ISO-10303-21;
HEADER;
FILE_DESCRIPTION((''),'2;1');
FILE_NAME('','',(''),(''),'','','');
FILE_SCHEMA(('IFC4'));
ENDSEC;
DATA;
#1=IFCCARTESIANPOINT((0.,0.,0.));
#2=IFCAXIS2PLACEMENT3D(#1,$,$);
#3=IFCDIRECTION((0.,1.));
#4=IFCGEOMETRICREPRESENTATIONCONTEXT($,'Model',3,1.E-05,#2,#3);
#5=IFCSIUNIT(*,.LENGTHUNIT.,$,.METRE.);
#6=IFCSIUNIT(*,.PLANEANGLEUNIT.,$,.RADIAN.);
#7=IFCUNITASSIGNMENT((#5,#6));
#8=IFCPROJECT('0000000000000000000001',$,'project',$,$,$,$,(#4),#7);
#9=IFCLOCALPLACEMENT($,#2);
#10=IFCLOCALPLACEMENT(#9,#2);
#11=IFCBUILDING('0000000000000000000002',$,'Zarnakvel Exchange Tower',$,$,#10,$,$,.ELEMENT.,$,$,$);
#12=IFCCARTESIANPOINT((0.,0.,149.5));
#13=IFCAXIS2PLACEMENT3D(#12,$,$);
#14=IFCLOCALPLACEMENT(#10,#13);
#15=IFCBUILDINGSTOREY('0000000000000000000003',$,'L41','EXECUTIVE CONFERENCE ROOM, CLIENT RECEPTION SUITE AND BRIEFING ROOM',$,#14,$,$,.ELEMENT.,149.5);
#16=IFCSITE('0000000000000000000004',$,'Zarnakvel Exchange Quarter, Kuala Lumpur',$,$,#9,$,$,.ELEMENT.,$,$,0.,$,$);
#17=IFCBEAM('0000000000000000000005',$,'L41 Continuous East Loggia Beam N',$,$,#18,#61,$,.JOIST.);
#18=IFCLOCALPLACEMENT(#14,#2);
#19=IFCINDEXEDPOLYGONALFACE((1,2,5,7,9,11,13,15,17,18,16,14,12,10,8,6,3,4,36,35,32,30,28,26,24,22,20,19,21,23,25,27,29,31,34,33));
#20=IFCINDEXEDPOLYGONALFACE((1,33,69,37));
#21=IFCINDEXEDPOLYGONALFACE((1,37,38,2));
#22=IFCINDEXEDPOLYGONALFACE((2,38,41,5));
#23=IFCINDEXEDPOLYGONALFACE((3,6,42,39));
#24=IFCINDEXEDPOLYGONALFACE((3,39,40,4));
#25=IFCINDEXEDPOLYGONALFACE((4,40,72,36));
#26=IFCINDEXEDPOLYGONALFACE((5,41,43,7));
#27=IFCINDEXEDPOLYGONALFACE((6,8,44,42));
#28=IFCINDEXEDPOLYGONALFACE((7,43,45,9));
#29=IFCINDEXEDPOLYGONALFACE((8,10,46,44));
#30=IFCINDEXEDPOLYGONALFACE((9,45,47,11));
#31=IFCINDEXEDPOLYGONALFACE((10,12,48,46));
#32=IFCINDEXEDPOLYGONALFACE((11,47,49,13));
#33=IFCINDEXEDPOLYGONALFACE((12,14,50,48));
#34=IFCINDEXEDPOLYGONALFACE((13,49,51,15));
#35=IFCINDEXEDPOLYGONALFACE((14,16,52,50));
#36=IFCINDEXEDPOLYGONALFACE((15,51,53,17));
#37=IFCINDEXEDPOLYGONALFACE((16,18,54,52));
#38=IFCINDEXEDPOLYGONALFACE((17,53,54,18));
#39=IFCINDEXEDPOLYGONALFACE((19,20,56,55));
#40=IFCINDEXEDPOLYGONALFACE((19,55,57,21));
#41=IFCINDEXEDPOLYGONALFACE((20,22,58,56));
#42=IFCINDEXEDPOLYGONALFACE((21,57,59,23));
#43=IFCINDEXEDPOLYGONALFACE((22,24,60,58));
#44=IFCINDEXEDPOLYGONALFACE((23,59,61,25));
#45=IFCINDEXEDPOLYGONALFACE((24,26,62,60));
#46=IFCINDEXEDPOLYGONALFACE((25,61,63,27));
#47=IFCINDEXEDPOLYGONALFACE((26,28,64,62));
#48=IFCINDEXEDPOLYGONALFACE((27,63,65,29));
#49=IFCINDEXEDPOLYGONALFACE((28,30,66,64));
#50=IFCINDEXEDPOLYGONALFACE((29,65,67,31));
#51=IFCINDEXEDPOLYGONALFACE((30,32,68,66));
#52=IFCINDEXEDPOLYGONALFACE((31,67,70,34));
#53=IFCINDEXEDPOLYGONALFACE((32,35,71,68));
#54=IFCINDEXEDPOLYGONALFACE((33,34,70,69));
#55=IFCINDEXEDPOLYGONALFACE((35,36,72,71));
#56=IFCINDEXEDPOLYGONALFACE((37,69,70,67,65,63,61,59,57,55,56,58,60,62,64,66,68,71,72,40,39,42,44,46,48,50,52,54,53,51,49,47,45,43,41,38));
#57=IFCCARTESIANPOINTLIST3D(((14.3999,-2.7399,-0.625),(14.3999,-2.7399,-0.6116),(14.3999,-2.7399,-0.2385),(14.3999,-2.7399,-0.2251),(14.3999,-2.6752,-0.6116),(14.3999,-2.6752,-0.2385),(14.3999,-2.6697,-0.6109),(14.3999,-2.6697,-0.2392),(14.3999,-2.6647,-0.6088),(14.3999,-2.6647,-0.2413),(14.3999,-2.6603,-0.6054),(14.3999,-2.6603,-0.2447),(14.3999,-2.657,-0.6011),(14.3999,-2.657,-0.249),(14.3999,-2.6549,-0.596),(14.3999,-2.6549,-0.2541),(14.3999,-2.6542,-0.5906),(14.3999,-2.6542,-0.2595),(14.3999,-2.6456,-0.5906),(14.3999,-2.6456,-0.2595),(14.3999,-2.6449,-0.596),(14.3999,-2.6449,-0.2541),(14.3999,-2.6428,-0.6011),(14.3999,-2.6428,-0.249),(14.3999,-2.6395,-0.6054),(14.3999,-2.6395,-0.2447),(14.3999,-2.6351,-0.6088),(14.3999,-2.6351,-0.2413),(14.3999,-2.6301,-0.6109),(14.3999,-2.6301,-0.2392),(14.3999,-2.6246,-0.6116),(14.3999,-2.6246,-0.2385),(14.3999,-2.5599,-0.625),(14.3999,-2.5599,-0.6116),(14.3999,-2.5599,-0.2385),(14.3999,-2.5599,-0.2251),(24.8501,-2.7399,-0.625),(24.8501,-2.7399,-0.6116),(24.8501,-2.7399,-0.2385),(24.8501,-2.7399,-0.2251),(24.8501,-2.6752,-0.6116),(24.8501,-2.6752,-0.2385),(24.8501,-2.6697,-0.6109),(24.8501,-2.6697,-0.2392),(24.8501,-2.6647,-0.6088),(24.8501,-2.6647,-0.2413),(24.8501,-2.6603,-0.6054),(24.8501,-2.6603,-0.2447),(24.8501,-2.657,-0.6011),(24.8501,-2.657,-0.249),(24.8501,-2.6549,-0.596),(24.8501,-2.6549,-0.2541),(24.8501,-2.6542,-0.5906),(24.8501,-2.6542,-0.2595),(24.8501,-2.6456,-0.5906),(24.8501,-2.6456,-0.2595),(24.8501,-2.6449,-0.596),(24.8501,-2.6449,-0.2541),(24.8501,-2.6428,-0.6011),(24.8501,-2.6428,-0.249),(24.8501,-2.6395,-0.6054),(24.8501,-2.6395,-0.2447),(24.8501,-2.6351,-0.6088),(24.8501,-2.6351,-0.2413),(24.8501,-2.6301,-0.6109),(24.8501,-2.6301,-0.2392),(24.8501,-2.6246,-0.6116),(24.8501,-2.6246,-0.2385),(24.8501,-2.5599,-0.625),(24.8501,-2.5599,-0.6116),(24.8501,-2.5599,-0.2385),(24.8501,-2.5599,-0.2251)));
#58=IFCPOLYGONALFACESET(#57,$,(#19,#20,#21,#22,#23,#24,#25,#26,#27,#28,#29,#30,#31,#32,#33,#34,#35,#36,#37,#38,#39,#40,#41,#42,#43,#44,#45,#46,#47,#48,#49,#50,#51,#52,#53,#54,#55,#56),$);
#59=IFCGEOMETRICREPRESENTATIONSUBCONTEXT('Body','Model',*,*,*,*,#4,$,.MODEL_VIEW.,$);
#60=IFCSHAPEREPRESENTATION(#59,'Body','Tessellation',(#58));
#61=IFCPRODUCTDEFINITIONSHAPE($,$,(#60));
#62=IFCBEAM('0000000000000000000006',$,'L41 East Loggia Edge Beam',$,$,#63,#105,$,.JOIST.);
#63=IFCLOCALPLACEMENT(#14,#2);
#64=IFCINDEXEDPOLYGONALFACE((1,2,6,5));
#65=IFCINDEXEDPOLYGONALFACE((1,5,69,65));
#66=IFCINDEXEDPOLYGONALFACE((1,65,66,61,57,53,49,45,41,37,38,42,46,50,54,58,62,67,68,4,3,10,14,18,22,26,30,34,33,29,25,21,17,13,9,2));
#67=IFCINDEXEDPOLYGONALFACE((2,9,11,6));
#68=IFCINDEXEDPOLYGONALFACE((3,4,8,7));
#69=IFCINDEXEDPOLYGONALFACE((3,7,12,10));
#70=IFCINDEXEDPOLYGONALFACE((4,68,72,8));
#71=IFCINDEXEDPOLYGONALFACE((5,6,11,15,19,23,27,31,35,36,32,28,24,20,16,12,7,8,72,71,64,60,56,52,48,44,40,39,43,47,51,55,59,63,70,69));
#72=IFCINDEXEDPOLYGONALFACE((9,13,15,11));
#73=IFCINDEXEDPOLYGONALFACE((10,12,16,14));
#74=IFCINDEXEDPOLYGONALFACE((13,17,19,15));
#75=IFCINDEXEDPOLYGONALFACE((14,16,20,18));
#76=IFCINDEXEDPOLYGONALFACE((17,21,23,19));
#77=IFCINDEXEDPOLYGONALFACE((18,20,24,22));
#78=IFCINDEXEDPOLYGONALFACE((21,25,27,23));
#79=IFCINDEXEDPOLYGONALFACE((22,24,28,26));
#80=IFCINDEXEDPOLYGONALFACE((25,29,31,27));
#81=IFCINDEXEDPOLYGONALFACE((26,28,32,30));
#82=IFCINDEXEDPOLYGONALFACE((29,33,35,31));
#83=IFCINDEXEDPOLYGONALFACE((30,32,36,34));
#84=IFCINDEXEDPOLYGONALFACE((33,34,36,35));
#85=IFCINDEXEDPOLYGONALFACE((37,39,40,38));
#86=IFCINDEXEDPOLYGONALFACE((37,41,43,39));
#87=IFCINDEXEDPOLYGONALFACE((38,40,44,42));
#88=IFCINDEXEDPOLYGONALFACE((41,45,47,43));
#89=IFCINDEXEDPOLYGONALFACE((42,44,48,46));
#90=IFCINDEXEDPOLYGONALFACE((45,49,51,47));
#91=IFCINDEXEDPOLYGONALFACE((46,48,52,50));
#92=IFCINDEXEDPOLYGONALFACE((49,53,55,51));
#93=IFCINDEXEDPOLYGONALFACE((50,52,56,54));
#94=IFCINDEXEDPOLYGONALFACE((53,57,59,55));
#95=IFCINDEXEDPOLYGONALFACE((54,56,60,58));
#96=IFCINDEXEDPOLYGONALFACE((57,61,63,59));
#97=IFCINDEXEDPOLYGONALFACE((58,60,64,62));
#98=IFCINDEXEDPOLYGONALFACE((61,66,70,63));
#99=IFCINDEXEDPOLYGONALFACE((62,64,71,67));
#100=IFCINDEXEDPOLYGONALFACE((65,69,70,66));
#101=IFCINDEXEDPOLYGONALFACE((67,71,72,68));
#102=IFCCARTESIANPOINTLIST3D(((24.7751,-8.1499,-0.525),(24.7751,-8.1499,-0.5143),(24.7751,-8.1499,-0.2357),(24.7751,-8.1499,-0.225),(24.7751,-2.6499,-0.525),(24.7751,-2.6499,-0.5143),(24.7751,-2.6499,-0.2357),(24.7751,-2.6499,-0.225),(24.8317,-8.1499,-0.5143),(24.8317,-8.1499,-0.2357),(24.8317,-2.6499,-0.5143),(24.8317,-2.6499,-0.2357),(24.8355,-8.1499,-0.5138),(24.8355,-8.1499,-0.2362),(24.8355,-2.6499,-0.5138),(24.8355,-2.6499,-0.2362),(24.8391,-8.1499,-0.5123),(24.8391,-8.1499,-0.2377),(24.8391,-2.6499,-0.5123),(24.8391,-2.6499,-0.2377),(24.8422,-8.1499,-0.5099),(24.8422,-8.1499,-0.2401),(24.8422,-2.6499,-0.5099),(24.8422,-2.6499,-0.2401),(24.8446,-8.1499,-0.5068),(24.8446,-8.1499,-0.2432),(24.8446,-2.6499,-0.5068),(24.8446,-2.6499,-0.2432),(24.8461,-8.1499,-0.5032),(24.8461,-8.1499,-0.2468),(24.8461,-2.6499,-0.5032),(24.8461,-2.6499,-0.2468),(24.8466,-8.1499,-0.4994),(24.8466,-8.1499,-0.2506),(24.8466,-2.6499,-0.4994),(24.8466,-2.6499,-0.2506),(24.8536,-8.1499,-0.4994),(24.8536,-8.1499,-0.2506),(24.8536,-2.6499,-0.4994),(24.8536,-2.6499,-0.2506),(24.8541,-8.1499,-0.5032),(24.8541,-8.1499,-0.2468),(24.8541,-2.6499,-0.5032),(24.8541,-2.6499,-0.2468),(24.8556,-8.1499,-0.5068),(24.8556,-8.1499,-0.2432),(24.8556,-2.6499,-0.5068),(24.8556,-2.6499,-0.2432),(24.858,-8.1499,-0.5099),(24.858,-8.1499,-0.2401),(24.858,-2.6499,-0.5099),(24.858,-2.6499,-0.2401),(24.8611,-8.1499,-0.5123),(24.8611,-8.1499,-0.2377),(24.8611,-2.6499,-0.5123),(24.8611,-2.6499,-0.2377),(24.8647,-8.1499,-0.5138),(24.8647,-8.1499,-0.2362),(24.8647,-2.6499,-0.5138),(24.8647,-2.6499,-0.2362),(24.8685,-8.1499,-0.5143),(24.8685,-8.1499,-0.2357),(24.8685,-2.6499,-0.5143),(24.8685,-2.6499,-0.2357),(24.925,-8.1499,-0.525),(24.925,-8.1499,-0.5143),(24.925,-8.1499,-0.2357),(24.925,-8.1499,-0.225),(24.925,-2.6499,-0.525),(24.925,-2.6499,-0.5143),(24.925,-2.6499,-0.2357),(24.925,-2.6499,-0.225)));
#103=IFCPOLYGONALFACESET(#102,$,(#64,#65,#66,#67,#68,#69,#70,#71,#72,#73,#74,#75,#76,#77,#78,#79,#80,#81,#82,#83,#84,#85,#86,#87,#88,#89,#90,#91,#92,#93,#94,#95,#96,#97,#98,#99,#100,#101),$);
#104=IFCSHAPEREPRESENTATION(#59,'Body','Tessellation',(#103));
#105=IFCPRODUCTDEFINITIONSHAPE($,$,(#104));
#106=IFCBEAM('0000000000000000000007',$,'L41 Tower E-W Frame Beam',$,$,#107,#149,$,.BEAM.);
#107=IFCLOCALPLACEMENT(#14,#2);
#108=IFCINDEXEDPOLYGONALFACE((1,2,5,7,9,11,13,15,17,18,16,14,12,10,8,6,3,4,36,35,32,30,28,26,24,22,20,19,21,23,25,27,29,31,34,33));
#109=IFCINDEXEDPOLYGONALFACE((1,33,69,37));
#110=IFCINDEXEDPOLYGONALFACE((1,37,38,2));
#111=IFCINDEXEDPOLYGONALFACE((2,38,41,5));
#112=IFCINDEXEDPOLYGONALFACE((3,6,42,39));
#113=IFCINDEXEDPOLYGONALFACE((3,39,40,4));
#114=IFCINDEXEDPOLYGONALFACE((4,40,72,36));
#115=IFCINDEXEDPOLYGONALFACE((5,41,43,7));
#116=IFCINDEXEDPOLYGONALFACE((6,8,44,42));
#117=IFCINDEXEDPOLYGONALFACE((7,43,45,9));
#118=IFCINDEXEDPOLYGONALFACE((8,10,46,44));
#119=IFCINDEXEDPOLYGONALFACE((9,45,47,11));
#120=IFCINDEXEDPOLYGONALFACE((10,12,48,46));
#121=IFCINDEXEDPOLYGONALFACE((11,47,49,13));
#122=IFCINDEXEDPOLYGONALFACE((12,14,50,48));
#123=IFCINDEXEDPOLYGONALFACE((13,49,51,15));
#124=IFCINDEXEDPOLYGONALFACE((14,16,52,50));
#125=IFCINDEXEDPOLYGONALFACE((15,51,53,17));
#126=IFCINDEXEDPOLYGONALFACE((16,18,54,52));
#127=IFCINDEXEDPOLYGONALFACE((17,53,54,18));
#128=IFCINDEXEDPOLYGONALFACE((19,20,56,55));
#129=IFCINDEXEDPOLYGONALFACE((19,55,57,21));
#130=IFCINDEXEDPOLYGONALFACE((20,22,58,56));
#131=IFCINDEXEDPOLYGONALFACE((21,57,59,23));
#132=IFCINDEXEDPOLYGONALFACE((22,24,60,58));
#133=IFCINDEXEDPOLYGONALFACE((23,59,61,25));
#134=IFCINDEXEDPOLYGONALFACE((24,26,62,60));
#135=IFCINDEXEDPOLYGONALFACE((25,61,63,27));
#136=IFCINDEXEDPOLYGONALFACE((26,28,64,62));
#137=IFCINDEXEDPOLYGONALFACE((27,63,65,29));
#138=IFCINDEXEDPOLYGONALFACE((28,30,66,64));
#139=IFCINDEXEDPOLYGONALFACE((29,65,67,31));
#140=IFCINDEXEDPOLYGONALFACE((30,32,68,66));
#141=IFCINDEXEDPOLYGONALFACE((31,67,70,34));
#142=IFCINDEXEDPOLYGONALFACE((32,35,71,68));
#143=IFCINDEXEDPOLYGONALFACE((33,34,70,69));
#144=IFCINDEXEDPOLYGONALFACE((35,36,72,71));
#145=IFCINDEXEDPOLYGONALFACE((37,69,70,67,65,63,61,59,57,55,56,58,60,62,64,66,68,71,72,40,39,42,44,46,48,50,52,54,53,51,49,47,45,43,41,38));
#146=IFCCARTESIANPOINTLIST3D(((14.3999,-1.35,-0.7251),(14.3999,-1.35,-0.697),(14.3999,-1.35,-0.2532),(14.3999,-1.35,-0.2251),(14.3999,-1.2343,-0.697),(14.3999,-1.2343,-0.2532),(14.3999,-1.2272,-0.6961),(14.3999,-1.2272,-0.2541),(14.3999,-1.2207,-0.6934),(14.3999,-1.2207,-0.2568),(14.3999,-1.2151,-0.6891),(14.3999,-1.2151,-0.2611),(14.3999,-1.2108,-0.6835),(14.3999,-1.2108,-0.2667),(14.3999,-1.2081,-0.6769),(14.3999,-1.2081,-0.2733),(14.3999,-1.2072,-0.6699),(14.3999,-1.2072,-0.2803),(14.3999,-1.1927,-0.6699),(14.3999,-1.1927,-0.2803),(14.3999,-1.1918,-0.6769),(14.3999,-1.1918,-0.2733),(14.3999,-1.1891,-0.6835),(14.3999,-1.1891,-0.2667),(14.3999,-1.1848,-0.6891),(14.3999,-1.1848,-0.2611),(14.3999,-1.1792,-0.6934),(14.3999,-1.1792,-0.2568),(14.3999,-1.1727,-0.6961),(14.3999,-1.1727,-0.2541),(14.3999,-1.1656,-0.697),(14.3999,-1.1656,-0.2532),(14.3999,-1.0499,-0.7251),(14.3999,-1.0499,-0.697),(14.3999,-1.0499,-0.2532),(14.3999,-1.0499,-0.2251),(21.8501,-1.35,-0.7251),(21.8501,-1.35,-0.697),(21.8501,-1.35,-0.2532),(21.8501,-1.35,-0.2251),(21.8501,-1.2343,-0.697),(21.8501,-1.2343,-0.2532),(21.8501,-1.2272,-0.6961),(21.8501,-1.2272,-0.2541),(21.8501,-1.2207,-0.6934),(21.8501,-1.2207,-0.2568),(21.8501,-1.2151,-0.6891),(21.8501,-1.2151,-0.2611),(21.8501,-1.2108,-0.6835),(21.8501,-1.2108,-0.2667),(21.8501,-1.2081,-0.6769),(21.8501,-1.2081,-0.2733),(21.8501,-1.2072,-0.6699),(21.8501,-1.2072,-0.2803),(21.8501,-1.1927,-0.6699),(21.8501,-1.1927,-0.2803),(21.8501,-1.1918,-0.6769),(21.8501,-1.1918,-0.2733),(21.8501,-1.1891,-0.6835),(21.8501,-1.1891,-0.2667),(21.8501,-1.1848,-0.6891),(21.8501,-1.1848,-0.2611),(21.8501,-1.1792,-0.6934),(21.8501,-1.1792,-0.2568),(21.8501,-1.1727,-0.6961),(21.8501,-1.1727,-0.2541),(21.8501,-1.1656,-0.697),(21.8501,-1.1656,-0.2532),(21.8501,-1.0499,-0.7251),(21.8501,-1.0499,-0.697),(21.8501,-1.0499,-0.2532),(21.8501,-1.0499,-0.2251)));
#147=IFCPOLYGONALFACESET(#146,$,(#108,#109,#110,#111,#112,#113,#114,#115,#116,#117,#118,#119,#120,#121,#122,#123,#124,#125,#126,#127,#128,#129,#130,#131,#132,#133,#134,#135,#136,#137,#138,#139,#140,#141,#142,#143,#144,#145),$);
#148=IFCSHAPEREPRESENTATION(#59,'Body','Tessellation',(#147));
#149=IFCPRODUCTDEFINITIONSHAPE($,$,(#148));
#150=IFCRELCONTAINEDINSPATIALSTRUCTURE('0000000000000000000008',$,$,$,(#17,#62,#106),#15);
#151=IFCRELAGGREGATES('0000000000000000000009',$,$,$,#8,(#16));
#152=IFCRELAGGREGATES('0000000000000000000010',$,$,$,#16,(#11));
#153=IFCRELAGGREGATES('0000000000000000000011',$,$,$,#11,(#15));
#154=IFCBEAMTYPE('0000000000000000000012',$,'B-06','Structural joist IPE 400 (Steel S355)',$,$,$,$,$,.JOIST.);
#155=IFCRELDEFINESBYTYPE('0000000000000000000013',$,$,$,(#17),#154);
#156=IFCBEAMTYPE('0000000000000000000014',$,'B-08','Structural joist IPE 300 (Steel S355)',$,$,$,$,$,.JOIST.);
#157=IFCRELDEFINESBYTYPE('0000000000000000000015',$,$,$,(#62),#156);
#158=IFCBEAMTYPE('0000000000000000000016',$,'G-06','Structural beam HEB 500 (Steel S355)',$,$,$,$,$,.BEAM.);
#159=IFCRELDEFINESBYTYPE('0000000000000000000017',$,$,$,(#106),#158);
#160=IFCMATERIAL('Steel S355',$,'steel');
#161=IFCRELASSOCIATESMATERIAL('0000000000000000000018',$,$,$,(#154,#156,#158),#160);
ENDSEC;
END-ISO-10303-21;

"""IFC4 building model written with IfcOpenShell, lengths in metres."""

from ifc_helpers import new_model, si_unit, direction, frame, origin, origin_2d, place, context, subcontext, project, spatial, i_section, extrude, material, material_profile, profile_set, type_object, element, save


model = new_model("IFC4")

# Units and contexts
model_context = context("Model", 3, precision=1e-05, world=origin(), true_north=direction((0.0, 1.0)))
body_context = subcontext(model_context, "Body", "Model", "MODEL_VIEW")
ifc_project = project(units=[si_unit("LENGTHUNIT", "METRE"), si_unit("PLANEANGLEUNIT", "RADIAN")], contexts=[model_context])

# Site, building, storey
site_placement = place(None, origin())
site = spatial("IfcSite", under=ifc_project, at=site_placement, Name="Zarnakvel Exchange Quarter, Kuala Lumpur", CompositionType="ELEMENT", RefElevation=0.0)
building_placement = place(site_placement, origin())
building = spatial("IfcBuilding", under=site, at=building_placement, Name="Zarnakvel Exchange Tower", CompositionType="ELEMENT")
storey_placement = place(building_placement, frame((0.0, 0.0, 149.5)))
storey = spatial("IfcBuildingStorey", under=building, at=storey_placement, Name="L41", Description="EXECUTIVE CONFERENCE ROOM, CLIENT RECEPTION SUITE AND BRIEFING ROOM", CompositionType="ELEMENT", Elevation=149.5)

# Shared definitions
ifc_material_1 = material(Name="Steel S355", Category="steel")

# Beams
ifc_material_profile_1 = material_profile(ifc_material_1, i_section(OverallWidth=0.1799, OverallDepth=0.3999, WebThickness=0.0085, FlangeThickness=0.0134, FilletRadius=0.021, at=origin_2d()))
ifc_profile_set_1 = profile_set([ifc_material_profile_1], Name="Steel S355")
beam_type_1 = type_object("IfcBeamType", Name="B-06", Description="Structural joist IPE 400 (Steel S355)", PredefinedType="JOIST", material=ifc_profile_set_1)
for number, where, z_axis, x_axis, name in (
    (1, (14.3999, -2.6499, -0.425), (1.0, 0.0, 0.0), (0.0, 1.0, 0.0), "L41 Continuous East Loggia Beam N"),
):
    element("IfcBeam", number, at=place(storey_placement, frame(where, z_axis=z_axis, x_axis=x_axis)), inside=storey, type_object=beam_type_1, Name=name, PredefinedType="JOIST", context=body_context, shape_type="SweptSolid", body=[
        extrude(i_section(OverallWidth=0.1799, OverallDepth=0.3999, WebThickness=0.0085, FlangeThickness=0.0134, FilletRadius=0.021, at=origin_2d()), origin(), (0.0, 0.0, 1.0), 10.4502),
    ])
ifc_material_profile_2 = material_profile(ifc_material_1, i_section(OverallWidth=0.1499, OverallDepth=0.3, WebThickness=0.0071, FlangeThickness=0.0107, FilletRadius=0.0149, at=origin_2d()))
ifc_profile_set_2 = profile_set([ifc_material_profile_2], Name="Steel S355")
beam_type_2 = type_object("IfcBeamType", Name="B-08", Description="Structural joist IPE 300 (Steel S355)", PredefinedType="JOIST", material=ifc_profile_set_2)
beam_1_placement = place(storey_placement, frame((24.8501, -8.1499, -0.375), z_axis=(0.0, 1.0, 0.0), x_axis=(-1.0, 0.0, 0.0)))
element("IfcBeam", 2, at=beam_1_placement, inside=storey, type_object=beam_type_2, Name="L41 East Loggia Edge Beam", PredefinedType="JOIST", context=body_context, shape_type="SweptSolid", body=[
    extrude(i_section(OverallWidth=0.1499, OverallDepth=0.3, WebThickness=0.0071, FlangeThickness=0.0107, FilletRadius=0.0149, at=origin_2d()), origin(), (0.0, 0.0, 1.0), 5.5),
])
ifc_material_profile_3 = material_profile(ifc_material_1, i_section(OverallWidth=0.3, OverallDepth=0.5, WebThickness=0.0144, FlangeThickness=0.0281, FilletRadius=0.0271, at=origin_2d()))
ifc_profile_set_3 = profile_set([ifc_material_profile_3], Name="Steel S355")
beam_type_3 = type_object("IfcBeamType", Name="G-06", Description="Structural beam HEB 500 (Steel S355)", PredefinedType="BEAM", material=ifc_profile_set_3)
beam_2_placement = place(storey_placement, frame((14.3999, -1.2, -0.4751), z_axis=(1.0, 0.0, 0.0), x_axis=(0.0, 1.0, 0.0)))
element("IfcBeam", 3, at=beam_2_placement, inside=storey, type_object=beam_type_3, Name="L41 Tower E-W Frame Beam", PredefinedType="BEAM", context=body_context, shape_type="SweptSolid", body=[
    extrude(i_section(OverallWidth=0.3, OverallDepth=0.5, WebThickness=0.0144, FlangeThickness=0.0281, FilletRadius=0.0271, at=origin_2d()), origin(), (0.0, 0.0, 1.0), 7.4502),
])

save(model, "model.ifc")
